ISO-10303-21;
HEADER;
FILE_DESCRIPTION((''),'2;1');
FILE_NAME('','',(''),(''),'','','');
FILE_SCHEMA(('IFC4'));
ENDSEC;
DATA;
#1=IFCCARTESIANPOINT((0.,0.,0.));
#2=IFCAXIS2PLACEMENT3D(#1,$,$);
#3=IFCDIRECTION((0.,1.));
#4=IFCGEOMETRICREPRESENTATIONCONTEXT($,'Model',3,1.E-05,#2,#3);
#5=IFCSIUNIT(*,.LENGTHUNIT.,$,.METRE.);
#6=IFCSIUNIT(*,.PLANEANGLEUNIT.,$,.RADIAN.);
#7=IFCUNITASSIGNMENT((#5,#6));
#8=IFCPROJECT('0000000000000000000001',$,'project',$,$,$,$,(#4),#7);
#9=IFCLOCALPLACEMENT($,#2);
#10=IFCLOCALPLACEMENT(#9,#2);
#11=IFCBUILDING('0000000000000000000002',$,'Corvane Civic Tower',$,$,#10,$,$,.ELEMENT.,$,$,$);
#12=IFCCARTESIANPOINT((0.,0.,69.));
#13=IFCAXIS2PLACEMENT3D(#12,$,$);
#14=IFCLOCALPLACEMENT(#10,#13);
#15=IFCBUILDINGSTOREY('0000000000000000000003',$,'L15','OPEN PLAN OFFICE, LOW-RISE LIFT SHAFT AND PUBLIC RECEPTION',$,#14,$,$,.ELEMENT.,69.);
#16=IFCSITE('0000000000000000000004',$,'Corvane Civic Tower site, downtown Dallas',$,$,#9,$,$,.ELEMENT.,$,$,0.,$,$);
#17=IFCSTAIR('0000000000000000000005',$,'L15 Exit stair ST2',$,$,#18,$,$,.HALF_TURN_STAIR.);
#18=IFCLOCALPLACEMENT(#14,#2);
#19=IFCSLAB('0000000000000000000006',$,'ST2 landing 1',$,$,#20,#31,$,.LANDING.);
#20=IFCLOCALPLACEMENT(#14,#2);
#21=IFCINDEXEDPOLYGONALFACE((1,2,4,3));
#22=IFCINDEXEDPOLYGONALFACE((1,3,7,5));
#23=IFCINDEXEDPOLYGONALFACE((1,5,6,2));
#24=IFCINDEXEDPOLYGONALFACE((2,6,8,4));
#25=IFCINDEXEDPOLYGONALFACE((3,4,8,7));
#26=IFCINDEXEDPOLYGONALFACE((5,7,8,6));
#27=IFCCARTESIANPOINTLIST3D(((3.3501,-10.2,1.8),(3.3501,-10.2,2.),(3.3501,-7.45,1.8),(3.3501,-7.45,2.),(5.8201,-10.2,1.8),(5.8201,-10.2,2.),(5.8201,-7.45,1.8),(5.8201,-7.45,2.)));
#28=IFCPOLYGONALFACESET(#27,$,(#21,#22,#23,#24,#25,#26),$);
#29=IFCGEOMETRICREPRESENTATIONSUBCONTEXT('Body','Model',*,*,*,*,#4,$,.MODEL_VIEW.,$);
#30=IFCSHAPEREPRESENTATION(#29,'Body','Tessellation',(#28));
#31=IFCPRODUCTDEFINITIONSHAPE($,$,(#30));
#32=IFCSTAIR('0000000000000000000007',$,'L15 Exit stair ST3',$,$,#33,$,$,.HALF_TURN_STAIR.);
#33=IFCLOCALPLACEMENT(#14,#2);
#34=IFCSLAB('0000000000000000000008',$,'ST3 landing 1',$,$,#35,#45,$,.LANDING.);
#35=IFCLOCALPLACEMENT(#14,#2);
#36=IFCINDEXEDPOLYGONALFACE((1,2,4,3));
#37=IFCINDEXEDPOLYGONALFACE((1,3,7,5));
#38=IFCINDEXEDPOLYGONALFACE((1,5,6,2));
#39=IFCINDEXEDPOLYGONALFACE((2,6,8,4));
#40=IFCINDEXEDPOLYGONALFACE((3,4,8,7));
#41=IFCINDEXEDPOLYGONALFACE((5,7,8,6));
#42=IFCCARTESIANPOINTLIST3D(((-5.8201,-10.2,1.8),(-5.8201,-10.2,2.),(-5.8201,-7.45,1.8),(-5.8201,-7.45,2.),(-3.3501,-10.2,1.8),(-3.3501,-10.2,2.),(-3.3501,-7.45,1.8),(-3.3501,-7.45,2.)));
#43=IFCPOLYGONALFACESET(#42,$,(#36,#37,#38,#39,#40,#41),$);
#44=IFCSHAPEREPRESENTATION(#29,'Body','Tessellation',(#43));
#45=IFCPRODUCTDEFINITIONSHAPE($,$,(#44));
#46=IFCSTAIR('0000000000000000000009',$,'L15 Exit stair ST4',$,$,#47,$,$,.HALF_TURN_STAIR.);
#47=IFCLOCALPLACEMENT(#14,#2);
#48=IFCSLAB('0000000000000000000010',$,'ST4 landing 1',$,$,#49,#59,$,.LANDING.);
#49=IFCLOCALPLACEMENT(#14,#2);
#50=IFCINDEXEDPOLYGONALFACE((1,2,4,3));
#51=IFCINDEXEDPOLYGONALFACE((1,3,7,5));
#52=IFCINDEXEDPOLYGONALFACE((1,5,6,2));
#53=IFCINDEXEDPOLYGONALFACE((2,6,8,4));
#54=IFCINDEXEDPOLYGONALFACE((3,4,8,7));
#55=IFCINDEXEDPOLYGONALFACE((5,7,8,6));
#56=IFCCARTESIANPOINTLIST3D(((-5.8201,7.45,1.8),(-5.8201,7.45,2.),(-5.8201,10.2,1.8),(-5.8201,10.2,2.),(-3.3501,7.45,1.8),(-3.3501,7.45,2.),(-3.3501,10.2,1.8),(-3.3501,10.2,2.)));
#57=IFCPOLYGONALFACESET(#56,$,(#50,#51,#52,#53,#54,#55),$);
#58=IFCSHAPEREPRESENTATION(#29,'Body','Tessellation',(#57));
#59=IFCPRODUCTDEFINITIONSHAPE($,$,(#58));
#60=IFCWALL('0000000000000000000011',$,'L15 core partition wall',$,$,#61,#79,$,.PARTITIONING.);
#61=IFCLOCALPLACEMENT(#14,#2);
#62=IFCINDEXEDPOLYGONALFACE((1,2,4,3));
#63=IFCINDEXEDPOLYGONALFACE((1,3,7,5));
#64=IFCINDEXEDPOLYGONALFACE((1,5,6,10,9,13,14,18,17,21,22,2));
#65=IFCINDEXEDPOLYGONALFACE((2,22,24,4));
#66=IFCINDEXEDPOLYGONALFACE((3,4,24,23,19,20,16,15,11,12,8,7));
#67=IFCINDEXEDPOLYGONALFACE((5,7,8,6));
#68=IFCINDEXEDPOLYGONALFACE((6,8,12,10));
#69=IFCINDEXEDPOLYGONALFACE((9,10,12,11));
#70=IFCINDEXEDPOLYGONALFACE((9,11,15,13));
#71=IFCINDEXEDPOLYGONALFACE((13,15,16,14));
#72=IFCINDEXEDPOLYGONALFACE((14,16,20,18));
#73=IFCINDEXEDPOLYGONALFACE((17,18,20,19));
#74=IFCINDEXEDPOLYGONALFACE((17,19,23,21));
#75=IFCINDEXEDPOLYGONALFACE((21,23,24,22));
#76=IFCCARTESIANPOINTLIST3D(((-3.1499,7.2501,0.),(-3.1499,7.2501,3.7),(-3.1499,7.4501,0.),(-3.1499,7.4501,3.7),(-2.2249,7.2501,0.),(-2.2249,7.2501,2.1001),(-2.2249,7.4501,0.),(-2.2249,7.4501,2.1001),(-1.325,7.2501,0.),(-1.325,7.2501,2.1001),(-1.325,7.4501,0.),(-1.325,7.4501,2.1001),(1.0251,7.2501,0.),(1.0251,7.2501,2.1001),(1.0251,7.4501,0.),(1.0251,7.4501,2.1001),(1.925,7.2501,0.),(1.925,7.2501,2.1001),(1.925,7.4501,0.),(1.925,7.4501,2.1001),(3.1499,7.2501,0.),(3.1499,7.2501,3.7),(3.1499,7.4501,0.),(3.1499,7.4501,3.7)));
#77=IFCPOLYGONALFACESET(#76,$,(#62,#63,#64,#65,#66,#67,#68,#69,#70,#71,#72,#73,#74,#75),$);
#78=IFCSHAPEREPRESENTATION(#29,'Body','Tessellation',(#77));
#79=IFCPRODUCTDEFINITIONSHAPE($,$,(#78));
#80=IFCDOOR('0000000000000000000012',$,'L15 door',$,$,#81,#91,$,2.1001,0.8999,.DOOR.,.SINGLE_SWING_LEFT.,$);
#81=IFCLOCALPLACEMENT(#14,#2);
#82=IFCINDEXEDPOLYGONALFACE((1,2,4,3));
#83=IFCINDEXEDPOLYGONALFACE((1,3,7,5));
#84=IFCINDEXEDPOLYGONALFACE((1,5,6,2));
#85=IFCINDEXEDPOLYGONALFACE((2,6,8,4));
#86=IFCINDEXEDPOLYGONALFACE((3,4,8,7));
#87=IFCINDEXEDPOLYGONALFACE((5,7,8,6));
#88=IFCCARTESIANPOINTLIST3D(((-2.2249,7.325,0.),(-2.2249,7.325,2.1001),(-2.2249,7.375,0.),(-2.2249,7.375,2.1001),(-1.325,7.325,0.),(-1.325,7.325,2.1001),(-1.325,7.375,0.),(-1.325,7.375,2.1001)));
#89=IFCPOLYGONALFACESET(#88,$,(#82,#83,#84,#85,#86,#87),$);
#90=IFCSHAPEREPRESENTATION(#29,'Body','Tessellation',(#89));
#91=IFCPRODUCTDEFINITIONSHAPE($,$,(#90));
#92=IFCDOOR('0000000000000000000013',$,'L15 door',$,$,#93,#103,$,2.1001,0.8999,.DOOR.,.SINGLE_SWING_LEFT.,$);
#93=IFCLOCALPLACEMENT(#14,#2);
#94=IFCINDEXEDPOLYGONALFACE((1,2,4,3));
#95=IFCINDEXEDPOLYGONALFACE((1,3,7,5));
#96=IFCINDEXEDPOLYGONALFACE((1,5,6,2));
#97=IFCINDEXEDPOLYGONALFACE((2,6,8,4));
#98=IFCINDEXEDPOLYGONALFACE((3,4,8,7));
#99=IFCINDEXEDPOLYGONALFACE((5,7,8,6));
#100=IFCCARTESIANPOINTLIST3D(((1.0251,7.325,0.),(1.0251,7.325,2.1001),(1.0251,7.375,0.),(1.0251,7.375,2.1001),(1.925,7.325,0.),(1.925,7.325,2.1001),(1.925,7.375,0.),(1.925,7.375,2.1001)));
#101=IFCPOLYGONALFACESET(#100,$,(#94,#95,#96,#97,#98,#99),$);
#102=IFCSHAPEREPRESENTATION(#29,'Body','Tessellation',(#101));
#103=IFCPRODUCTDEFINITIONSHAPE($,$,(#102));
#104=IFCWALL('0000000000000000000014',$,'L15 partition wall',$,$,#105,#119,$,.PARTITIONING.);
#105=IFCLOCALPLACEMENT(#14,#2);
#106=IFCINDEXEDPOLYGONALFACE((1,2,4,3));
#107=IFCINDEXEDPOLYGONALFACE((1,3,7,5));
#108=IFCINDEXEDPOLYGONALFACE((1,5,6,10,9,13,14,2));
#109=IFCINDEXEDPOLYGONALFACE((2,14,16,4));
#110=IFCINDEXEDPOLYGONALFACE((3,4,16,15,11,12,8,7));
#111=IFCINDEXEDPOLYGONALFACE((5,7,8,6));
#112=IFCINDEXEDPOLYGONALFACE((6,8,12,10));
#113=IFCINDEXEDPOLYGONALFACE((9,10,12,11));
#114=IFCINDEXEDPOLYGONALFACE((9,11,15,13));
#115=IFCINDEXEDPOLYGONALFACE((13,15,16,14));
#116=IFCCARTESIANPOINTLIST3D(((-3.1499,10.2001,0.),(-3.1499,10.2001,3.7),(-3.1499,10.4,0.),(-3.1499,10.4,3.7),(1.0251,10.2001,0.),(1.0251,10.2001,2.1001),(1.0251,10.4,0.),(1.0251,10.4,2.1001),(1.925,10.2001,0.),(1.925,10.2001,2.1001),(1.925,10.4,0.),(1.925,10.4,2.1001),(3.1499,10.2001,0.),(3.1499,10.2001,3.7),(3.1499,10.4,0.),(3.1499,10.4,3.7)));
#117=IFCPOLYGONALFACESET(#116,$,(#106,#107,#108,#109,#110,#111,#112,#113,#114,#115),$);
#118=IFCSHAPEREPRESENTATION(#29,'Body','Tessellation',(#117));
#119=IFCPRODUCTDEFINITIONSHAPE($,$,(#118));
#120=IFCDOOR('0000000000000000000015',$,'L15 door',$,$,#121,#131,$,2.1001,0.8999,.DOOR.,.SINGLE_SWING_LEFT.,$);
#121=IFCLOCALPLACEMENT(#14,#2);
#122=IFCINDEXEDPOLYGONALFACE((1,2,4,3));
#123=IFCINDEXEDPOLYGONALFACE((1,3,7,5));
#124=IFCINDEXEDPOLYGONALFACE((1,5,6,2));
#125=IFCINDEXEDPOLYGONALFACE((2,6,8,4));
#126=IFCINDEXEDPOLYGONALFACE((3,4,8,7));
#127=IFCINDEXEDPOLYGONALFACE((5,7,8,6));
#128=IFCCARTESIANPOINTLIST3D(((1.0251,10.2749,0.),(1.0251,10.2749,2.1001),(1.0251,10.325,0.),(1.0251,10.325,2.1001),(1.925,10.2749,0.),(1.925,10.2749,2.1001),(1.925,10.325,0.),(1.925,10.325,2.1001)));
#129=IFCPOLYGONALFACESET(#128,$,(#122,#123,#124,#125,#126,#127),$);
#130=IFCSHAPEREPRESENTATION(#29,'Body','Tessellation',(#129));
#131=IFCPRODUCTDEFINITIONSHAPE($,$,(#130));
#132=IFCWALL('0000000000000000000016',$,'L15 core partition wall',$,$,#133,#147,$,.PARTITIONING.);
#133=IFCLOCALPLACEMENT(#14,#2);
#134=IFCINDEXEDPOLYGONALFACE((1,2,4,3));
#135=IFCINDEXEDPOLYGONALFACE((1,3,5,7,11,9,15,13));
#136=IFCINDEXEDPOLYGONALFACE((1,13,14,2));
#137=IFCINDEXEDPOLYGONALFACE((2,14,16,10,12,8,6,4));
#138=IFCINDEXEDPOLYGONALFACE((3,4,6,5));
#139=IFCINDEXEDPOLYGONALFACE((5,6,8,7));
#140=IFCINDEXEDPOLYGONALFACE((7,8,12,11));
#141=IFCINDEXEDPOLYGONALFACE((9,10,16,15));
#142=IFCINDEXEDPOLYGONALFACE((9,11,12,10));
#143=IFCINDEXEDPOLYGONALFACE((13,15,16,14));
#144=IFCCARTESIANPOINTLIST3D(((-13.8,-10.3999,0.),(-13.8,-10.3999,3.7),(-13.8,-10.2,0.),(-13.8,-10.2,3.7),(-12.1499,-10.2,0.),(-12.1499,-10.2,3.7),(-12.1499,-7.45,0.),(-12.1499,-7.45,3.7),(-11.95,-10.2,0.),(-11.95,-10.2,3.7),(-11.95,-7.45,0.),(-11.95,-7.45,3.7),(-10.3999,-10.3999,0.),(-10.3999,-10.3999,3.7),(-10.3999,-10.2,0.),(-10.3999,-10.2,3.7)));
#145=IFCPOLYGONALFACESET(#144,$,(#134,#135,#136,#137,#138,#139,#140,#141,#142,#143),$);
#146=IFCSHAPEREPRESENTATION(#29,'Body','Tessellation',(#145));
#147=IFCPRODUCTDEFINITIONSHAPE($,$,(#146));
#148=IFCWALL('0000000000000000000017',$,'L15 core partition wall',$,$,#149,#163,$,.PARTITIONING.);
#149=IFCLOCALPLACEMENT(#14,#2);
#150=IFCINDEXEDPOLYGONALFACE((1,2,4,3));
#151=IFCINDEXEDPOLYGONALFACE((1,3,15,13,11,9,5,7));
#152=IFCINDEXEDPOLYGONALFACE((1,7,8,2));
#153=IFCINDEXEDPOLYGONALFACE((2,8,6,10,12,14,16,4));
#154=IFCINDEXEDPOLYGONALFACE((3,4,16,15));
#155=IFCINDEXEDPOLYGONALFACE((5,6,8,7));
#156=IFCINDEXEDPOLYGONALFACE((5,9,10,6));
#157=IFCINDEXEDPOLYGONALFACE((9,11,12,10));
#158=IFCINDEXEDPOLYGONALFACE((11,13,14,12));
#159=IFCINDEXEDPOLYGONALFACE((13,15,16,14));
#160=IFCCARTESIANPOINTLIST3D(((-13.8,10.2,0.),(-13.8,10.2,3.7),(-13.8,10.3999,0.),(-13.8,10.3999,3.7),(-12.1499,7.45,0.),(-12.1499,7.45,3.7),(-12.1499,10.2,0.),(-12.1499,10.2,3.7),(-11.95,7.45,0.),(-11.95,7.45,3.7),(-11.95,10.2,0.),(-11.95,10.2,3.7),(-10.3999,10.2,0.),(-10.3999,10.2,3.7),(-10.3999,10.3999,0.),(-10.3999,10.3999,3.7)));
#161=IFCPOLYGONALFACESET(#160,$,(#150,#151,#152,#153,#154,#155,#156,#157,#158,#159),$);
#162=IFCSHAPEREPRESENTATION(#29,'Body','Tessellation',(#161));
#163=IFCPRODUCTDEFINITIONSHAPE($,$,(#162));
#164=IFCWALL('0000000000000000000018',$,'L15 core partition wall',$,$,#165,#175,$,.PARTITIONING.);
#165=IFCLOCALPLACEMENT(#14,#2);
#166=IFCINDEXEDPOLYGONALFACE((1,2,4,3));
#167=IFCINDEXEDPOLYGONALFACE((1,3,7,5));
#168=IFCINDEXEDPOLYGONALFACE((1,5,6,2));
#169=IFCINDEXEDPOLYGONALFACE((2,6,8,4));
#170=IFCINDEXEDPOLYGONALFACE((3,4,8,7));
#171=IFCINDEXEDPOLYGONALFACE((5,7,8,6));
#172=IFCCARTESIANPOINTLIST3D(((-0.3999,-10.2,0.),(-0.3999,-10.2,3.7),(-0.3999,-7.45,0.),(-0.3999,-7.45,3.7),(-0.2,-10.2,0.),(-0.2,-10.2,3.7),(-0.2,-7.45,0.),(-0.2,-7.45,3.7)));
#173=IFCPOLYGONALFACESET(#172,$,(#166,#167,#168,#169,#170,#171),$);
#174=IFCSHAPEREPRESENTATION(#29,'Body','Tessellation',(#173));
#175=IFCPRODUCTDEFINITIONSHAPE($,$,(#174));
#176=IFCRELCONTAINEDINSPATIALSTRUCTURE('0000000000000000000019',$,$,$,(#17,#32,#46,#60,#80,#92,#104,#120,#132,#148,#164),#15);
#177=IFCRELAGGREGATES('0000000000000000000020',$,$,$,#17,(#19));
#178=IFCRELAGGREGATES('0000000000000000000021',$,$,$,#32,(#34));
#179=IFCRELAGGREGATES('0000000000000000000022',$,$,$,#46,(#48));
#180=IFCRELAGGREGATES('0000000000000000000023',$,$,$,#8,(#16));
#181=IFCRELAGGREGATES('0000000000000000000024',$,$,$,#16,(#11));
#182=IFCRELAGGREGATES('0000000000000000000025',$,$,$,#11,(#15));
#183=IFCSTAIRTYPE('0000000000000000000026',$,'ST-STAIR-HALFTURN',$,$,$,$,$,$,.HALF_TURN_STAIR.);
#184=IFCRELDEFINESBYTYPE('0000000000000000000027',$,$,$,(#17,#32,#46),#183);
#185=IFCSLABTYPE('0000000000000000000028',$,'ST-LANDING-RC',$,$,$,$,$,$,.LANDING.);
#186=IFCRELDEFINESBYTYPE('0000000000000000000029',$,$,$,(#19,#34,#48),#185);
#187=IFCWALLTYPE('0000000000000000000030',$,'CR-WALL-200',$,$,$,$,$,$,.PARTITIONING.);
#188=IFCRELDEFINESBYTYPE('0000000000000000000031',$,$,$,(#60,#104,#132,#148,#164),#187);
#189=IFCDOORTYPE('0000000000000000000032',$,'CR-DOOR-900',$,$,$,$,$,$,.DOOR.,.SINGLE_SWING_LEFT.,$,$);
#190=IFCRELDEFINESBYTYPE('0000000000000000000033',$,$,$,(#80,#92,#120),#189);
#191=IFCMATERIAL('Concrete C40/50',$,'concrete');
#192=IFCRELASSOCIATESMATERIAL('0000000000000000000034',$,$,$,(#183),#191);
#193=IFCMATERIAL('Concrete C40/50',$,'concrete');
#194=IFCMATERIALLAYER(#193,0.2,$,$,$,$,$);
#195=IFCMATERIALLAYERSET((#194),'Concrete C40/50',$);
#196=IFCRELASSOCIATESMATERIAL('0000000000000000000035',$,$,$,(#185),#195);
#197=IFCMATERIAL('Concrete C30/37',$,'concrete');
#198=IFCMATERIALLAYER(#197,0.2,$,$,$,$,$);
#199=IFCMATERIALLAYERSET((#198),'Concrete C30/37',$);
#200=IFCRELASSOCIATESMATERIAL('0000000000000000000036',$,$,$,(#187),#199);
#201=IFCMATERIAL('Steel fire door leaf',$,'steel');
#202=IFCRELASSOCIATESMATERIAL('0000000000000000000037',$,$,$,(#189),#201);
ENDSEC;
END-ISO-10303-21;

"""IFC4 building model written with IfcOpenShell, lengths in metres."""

from ifc_helpers import new_model, si_unit, direction, frame, frame_2d, origin, place, context, subcontext, project, spatial, polyline, rectangle, outline, extrude, material, layer, layer_set, type_object, element, fill, aggregate, save


model = new_model("IFC4")

# Units and contexts
model_context = context("Model", 3, precision=1e-05, world=origin(), true_north=direction((0.0, 1.0)))
body_context = subcontext(model_context, "Body", "Model", "MODEL_VIEW")
ifc_project = project(units=[si_unit("LENGTHUNIT", "METRE"), si_unit("PLANEANGLEUNIT", "RADIAN")], contexts=[model_context])

# Site, building, storey
site_placement = place(None, origin())
site = spatial("IfcSite", under=ifc_project, at=site_placement, Name="Corvane Civic Tower site, downtown Dallas", CompositionType="ELEMENT", RefElevation=0.0)
building_placement = place(site_placement, origin())
building = spatial("IfcBuilding", under=site, at=building_placement, Name="Corvane Civic Tower", CompositionType="ELEMENT")
storey_placement = place(building_placement, frame((0.0, 0.0, 69.0)))
storey = spatial("IfcBuildingStorey", under=building, at=storey_placement, Name="L15", Description="OPEN PLAN OFFICE, LOW-RISE LIFT SHAFT AND PUBLIC RECEPTION", CompositionType="ELEMENT", Elevation=69.0)

# Stairs, slabs
ifc_material_1 = material(Name="Concrete C40/50", Category="concrete")
stair_type = type_object("IfcStairType", Name="ST-STAIR-HALFTURN", PredefinedType="HALF_TURN_STAIR", material=ifc_material_1)
stair_1_placement = place(storey_placement, origin())
stair_1 = element("IfcStair", 1, at=stair_1_placement, inside=storey, type_object=stair_type, Name="L15 Exit stair ST2", PredefinedType="HALF_TURN_STAIR")
ifc_material_2 = material(Name="Concrete C40/50", Category="concrete")
ifc_layer_1 = layer(ifc_material_2, 0.2)
ifc_layer_set_1 = layer_set([ifc_layer_1], Name="Concrete C40/50")
slab_type = type_object("IfcSlabType", Name="ST-LANDING-RC", PredefinedType="LANDING", material=ifc_layer_set_1)
slab_1_placement = place(storey_placement, frame((0.0, 0.0, 1.8)))
slab_1 = element("IfcSlab", 2, at=slab_1_placement, type_object=slab_type, Name="ST2 landing 1", PredefinedType="LANDING", context=body_context, shape_type="SweptSolid", body=[
    extrude(outline(polyline([(5.8201, -7.45), (3.3501, -7.45), (3.3501, -10.2), (5.8201, -10.2), (5.8201, -7.45)])), origin(), (0.0, 0.0, 1.0), 0.2),
])
aggregate(stair_1, [slab_1])
stair_2_placement = place(storey_placement, origin())
stair_2 = element("IfcStair", 3, at=stair_2_placement, inside=storey, type_object=stair_type, Name="L15 Exit stair ST3", PredefinedType="HALF_TURN_STAIR")
slab_2_placement = place(storey_placement, frame((0.0, 0.0, 1.8)))
slab_2 = element("IfcSlab", 4, at=slab_2_placement, type_object=slab_type, Name="ST3 landing 1", PredefinedType="LANDING", context=body_context, shape_type="SweptSolid", body=[
    extrude(outline(polyline([(-5.8201, -10.2), (-3.3501, -10.2), (-3.3501, -7.45), (-5.8201, -7.45), (-5.8201, -10.2)])), origin(), (0.0, 0.0, 1.0), 0.2),
])
aggregate(stair_2, [slab_2])
stair_3_placement = place(storey_placement, origin())
stair_3 = element("IfcStair", 5, at=stair_3_placement, inside=storey, type_object=stair_type, Name="L15 Exit stair ST4", PredefinedType="HALF_TURN_STAIR")
slab_3_placement = place(storey_placement, frame((0.0, 0.0, 1.8)))
slab_3 = element("IfcSlab", 6, at=slab_3_placement, type_object=slab_type, Name="ST4 landing 1", PredefinedType="LANDING", context=body_context, shape_type="SweptSolid", body=[
    extrude(outline(polyline([(-5.8201, 7.45), (-3.3501, 7.45), (-3.3501, 10.2), (-5.8201, 10.2), (-5.8201, 7.45)])), origin(), (0.0, 0.0, 1.0), 0.2),
])

# Wall, openings, doors
ifc_material_3 = material(Name="Concrete C30/37", Category="concrete")
ifc_layer_2 = layer(ifc_material_3, 0.2)
ifc_layer_set_2 = layer_set([ifc_layer_2], Name="Concrete C30/37")
wall_type = type_object("IfcWallType", Name="CR-WALL-200", PredefinedType="PARTITIONING", material=ifc_layer_set_2)
wall_1_placement = place(storey_placement, frame((-3.1499, 7.3501, 0.0), z_axis=(0.0, 0.0, 1.0), x_axis=(1.0, 0.0, 0.0)))
wall_1 = element("IfcWall", 7, at=wall_1_placement, inside=storey, type_object=wall_type, Name="L15 core partition wall", PredefinedType="PARTITIONING", context=body_context, shape_type="SweptSolid", body=[
    extrude(rectangle(XDim=6.2998, YDim=0.2, at=frame_2d((3.1499, 0.0))), origin(), (0.0, 0.0, 1.0), 3.7),
])
opening_1_placement = place(wall_1_placement, frame((0.925, 0.0, 0.0)))
opening_1 = element("IfcOpeningElement", 8, at=opening_1_placement, cuts=wall_1, PredefinedType="OPENING", context=body_context, shape_type="SweptSolid", body=[
    extrude(rectangle(XDim=0.8999, YDim=2.1001, at=frame_2d((0.45, 1.05))), frame((0.0, 0.1099, 0.0), z_axis=(0.0, -1.0, 0.0), x_axis=(1.0, 0.0, 0.0)), (0.0, 0.0, 1.0), 0.22),
])
opening_2_placement = place(wall_1_placement, frame((4.175, 0.0, 0.0)))
opening_2 = element("IfcOpeningElement", 9, at=opening_2_placement, cuts=wall_1, PredefinedType="OPENING", context=body_context, shape_type="SweptSolid", body=[
    extrude(rectangle(XDim=0.8999, YDim=2.1001, at=frame_2d((0.45, 1.05))), frame((0.0, 0.1099, 0.0), z_axis=(0.0, -1.0, 0.0), x_axis=(1.0, 0.0, 0.0)), (0.0, 0.0, 1.0), 0.22),
])
ifc_material_4 = material(Name="Steel fire door leaf", Category="steel")
door_type = type_object("IfcDoorType", Name="CR-DOOR-900", OperationType="SINGLE_SWING_LEFT", PredefinedType="DOOR", material=ifc_material_4)
door_1_placement = place(opening_1_placement, origin())
door_1 = element("IfcDoor", 10, at=door_1_placement, inside=storey, type_object=door_type, Name="L15 door", OperationType="SINGLE_SWING_LEFT", OverallHeight=2.1001, OverallWidth=0.8999, PredefinedType="DOOR", context=body_context, shape_type="SweptSolid", body=[
    extrude(rectangle(XDim=0.8999, YDim=2.1001, at=frame_2d((0.45, 1.05))), frame((0.0, 0.0249, 0.0), z_axis=(0.0, -1.0, 0.0), x_axis=(1.0, 0.0, 0.0)), (0.0, 0.0, 1.0), 0.05),
])
fill(opening_1, door_1)
door_2_placement = place(opening_2_placement, origin())
door_2 = element("IfcDoor", 11, at=door_2_placement, inside=storey, type_object=door_type, Name="L15 door", OperationType="SINGLE_SWING_LEFT", OverallHeight=2.1001, OverallWidth=0.8999, PredefinedType="DOOR", context=body_context, shape_type="SweptSolid", body=[
    extrude(rectangle(XDim=0.8999, YDim=2.1001, at=frame_2d((0.45, 1.05))), frame((0.0, 0.0249, 0.0), z_axis=(0.0, -1.0, 0.0), x_axis=(1.0, 0.0, 0.0)), (0.0, 0.0, 1.0), 0.05),
])
fill(opening_2, door_2)

# Wall, opening, door
wall_2_placement = place(storey_placement, frame((-3.1499, 10.3, 0.0), z_axis=(0.0, 0.0, 1.0), x_axis=(1.0, 0.0, 0.0)))
wall_2 = element("IfcWall", 12, at=wall_2_placement, inside=storey, type_object=wall_type, Name="L15 partition wall", PredefinedType="PARTITIONING", context=body_context, shape_type="SweptSolid", body=[
    extrude(rectangle(XDim=6.2998, YDim=0.2, at=frame_2d((3.1499, 0.0))), origin(), (0.0, 0.0, 1.0), 3.7),
])
opening_3_placement = place(wall_2_placement, frame((4.175, 0.0, 0.0)))
opening_3 = element("IfcOpeningElement", 13, at=opening_3_placement, cuts=wall_2, PredefinedType="OPENING", context=body_context, shape_type="SweptSolid", body=[
    extrude(rectangle(XDim=0.8999, YDim=2.1001, at=frame_2d((0.45, 1.05))), frame((0.0, 0.1099, 0.0), z_axis=(0.0, -1.0, 0.0), x_axis=(1.0, 0.0, 0.0)), (0.0, 0.0, 1.0), 0.22),
])
door_3_placement = place(opening_3_placement, origin())
door_3 = element("IfcDoor", 14, at=door_3_placement, inside=storey, type_object=door_type, Name="L15 door", OperationType="SINGLE_SWING_LEFT", OverallHeight=2.1001, OverallWidth=0.8999, PredefinedType="DOOR", context=body_context, shape_type="SweptSolid", body=[
    extrude(rectangle(XDim=0.8999, YDim=2.1001, at=frame_2d((0.45, 1.05))), frame((0.0, 0.0249, 0.0), z_axis=(0.0, -1.0, 0.0), x_axis=(1.0, 0.0, 0.0)), (0.0, 0.0, 1.0), 0.05),
])
fill(opening_3, door_3)

# Walls
wall_3_placement = place(storey_placement, origin())
element("IfcWall", 15, at=wall_3_placement, inside=storey, type_object=wall_type, Name="L15 core partition wall", PredefinedType="PARTITIONING", context=body_context, shape_type="SweptSolid", body=[
    extrude(outline(polyline([(-12.1499, -7.45), (-11.95, -7.45), (-11.95, -10.2), (-10.3999, -10.2), (-10.3999, -10.3999), (-13.8, -10.3999), (-13.8, -10.2), (-12.1499, -10.2), (-12.1499, -7.45)])), origin(), (0.0, 0.0, 1.0), 3.7),
])
wall_4_placement = place(storey_placement, origin())
element("IfcWall", 16, at=wall_4_placement, inside=storey, type_object=wall_type, Name="L15 core partition wall", PredefinedType="PARTITIONING", context=body_context, shape_type="SweptSolid", body=[
    extrude(outline(polyline([(-13.8, 10.3999), (-10.3999, 10.3999), (-10.3999, 10.2), (-11.95, 10.2), (-11.95, 7.45), (-12.1499, 7.45), (-12.1499, 10.2), (-13.8, 10.2), (-13.8, 10.3999)])), origin(), (0.0, 0.0, 1.0), 3.7),
])
wall_5_placement = place(storey_placement, origin())
element("IfcWall", 17, at=wall_5_placement, inside=storey, type_object=wall_type, Name="L15 core partition wall", PredefinedType="PARTITIONING", context=body_context, shape_type="SweptSolid", body=[
    extrude(outline(polyline([(-0.2, -10.2), (-0.3999, -10.2), (-0.3999, -7.45), (-0.2, -7.45), (-0.2, -10.2)])), origin(), (0.0, 0.0, 1.0), 3.7),
])

aggregate(stair_3, [slab_3])

save(model, "model.ifc")
